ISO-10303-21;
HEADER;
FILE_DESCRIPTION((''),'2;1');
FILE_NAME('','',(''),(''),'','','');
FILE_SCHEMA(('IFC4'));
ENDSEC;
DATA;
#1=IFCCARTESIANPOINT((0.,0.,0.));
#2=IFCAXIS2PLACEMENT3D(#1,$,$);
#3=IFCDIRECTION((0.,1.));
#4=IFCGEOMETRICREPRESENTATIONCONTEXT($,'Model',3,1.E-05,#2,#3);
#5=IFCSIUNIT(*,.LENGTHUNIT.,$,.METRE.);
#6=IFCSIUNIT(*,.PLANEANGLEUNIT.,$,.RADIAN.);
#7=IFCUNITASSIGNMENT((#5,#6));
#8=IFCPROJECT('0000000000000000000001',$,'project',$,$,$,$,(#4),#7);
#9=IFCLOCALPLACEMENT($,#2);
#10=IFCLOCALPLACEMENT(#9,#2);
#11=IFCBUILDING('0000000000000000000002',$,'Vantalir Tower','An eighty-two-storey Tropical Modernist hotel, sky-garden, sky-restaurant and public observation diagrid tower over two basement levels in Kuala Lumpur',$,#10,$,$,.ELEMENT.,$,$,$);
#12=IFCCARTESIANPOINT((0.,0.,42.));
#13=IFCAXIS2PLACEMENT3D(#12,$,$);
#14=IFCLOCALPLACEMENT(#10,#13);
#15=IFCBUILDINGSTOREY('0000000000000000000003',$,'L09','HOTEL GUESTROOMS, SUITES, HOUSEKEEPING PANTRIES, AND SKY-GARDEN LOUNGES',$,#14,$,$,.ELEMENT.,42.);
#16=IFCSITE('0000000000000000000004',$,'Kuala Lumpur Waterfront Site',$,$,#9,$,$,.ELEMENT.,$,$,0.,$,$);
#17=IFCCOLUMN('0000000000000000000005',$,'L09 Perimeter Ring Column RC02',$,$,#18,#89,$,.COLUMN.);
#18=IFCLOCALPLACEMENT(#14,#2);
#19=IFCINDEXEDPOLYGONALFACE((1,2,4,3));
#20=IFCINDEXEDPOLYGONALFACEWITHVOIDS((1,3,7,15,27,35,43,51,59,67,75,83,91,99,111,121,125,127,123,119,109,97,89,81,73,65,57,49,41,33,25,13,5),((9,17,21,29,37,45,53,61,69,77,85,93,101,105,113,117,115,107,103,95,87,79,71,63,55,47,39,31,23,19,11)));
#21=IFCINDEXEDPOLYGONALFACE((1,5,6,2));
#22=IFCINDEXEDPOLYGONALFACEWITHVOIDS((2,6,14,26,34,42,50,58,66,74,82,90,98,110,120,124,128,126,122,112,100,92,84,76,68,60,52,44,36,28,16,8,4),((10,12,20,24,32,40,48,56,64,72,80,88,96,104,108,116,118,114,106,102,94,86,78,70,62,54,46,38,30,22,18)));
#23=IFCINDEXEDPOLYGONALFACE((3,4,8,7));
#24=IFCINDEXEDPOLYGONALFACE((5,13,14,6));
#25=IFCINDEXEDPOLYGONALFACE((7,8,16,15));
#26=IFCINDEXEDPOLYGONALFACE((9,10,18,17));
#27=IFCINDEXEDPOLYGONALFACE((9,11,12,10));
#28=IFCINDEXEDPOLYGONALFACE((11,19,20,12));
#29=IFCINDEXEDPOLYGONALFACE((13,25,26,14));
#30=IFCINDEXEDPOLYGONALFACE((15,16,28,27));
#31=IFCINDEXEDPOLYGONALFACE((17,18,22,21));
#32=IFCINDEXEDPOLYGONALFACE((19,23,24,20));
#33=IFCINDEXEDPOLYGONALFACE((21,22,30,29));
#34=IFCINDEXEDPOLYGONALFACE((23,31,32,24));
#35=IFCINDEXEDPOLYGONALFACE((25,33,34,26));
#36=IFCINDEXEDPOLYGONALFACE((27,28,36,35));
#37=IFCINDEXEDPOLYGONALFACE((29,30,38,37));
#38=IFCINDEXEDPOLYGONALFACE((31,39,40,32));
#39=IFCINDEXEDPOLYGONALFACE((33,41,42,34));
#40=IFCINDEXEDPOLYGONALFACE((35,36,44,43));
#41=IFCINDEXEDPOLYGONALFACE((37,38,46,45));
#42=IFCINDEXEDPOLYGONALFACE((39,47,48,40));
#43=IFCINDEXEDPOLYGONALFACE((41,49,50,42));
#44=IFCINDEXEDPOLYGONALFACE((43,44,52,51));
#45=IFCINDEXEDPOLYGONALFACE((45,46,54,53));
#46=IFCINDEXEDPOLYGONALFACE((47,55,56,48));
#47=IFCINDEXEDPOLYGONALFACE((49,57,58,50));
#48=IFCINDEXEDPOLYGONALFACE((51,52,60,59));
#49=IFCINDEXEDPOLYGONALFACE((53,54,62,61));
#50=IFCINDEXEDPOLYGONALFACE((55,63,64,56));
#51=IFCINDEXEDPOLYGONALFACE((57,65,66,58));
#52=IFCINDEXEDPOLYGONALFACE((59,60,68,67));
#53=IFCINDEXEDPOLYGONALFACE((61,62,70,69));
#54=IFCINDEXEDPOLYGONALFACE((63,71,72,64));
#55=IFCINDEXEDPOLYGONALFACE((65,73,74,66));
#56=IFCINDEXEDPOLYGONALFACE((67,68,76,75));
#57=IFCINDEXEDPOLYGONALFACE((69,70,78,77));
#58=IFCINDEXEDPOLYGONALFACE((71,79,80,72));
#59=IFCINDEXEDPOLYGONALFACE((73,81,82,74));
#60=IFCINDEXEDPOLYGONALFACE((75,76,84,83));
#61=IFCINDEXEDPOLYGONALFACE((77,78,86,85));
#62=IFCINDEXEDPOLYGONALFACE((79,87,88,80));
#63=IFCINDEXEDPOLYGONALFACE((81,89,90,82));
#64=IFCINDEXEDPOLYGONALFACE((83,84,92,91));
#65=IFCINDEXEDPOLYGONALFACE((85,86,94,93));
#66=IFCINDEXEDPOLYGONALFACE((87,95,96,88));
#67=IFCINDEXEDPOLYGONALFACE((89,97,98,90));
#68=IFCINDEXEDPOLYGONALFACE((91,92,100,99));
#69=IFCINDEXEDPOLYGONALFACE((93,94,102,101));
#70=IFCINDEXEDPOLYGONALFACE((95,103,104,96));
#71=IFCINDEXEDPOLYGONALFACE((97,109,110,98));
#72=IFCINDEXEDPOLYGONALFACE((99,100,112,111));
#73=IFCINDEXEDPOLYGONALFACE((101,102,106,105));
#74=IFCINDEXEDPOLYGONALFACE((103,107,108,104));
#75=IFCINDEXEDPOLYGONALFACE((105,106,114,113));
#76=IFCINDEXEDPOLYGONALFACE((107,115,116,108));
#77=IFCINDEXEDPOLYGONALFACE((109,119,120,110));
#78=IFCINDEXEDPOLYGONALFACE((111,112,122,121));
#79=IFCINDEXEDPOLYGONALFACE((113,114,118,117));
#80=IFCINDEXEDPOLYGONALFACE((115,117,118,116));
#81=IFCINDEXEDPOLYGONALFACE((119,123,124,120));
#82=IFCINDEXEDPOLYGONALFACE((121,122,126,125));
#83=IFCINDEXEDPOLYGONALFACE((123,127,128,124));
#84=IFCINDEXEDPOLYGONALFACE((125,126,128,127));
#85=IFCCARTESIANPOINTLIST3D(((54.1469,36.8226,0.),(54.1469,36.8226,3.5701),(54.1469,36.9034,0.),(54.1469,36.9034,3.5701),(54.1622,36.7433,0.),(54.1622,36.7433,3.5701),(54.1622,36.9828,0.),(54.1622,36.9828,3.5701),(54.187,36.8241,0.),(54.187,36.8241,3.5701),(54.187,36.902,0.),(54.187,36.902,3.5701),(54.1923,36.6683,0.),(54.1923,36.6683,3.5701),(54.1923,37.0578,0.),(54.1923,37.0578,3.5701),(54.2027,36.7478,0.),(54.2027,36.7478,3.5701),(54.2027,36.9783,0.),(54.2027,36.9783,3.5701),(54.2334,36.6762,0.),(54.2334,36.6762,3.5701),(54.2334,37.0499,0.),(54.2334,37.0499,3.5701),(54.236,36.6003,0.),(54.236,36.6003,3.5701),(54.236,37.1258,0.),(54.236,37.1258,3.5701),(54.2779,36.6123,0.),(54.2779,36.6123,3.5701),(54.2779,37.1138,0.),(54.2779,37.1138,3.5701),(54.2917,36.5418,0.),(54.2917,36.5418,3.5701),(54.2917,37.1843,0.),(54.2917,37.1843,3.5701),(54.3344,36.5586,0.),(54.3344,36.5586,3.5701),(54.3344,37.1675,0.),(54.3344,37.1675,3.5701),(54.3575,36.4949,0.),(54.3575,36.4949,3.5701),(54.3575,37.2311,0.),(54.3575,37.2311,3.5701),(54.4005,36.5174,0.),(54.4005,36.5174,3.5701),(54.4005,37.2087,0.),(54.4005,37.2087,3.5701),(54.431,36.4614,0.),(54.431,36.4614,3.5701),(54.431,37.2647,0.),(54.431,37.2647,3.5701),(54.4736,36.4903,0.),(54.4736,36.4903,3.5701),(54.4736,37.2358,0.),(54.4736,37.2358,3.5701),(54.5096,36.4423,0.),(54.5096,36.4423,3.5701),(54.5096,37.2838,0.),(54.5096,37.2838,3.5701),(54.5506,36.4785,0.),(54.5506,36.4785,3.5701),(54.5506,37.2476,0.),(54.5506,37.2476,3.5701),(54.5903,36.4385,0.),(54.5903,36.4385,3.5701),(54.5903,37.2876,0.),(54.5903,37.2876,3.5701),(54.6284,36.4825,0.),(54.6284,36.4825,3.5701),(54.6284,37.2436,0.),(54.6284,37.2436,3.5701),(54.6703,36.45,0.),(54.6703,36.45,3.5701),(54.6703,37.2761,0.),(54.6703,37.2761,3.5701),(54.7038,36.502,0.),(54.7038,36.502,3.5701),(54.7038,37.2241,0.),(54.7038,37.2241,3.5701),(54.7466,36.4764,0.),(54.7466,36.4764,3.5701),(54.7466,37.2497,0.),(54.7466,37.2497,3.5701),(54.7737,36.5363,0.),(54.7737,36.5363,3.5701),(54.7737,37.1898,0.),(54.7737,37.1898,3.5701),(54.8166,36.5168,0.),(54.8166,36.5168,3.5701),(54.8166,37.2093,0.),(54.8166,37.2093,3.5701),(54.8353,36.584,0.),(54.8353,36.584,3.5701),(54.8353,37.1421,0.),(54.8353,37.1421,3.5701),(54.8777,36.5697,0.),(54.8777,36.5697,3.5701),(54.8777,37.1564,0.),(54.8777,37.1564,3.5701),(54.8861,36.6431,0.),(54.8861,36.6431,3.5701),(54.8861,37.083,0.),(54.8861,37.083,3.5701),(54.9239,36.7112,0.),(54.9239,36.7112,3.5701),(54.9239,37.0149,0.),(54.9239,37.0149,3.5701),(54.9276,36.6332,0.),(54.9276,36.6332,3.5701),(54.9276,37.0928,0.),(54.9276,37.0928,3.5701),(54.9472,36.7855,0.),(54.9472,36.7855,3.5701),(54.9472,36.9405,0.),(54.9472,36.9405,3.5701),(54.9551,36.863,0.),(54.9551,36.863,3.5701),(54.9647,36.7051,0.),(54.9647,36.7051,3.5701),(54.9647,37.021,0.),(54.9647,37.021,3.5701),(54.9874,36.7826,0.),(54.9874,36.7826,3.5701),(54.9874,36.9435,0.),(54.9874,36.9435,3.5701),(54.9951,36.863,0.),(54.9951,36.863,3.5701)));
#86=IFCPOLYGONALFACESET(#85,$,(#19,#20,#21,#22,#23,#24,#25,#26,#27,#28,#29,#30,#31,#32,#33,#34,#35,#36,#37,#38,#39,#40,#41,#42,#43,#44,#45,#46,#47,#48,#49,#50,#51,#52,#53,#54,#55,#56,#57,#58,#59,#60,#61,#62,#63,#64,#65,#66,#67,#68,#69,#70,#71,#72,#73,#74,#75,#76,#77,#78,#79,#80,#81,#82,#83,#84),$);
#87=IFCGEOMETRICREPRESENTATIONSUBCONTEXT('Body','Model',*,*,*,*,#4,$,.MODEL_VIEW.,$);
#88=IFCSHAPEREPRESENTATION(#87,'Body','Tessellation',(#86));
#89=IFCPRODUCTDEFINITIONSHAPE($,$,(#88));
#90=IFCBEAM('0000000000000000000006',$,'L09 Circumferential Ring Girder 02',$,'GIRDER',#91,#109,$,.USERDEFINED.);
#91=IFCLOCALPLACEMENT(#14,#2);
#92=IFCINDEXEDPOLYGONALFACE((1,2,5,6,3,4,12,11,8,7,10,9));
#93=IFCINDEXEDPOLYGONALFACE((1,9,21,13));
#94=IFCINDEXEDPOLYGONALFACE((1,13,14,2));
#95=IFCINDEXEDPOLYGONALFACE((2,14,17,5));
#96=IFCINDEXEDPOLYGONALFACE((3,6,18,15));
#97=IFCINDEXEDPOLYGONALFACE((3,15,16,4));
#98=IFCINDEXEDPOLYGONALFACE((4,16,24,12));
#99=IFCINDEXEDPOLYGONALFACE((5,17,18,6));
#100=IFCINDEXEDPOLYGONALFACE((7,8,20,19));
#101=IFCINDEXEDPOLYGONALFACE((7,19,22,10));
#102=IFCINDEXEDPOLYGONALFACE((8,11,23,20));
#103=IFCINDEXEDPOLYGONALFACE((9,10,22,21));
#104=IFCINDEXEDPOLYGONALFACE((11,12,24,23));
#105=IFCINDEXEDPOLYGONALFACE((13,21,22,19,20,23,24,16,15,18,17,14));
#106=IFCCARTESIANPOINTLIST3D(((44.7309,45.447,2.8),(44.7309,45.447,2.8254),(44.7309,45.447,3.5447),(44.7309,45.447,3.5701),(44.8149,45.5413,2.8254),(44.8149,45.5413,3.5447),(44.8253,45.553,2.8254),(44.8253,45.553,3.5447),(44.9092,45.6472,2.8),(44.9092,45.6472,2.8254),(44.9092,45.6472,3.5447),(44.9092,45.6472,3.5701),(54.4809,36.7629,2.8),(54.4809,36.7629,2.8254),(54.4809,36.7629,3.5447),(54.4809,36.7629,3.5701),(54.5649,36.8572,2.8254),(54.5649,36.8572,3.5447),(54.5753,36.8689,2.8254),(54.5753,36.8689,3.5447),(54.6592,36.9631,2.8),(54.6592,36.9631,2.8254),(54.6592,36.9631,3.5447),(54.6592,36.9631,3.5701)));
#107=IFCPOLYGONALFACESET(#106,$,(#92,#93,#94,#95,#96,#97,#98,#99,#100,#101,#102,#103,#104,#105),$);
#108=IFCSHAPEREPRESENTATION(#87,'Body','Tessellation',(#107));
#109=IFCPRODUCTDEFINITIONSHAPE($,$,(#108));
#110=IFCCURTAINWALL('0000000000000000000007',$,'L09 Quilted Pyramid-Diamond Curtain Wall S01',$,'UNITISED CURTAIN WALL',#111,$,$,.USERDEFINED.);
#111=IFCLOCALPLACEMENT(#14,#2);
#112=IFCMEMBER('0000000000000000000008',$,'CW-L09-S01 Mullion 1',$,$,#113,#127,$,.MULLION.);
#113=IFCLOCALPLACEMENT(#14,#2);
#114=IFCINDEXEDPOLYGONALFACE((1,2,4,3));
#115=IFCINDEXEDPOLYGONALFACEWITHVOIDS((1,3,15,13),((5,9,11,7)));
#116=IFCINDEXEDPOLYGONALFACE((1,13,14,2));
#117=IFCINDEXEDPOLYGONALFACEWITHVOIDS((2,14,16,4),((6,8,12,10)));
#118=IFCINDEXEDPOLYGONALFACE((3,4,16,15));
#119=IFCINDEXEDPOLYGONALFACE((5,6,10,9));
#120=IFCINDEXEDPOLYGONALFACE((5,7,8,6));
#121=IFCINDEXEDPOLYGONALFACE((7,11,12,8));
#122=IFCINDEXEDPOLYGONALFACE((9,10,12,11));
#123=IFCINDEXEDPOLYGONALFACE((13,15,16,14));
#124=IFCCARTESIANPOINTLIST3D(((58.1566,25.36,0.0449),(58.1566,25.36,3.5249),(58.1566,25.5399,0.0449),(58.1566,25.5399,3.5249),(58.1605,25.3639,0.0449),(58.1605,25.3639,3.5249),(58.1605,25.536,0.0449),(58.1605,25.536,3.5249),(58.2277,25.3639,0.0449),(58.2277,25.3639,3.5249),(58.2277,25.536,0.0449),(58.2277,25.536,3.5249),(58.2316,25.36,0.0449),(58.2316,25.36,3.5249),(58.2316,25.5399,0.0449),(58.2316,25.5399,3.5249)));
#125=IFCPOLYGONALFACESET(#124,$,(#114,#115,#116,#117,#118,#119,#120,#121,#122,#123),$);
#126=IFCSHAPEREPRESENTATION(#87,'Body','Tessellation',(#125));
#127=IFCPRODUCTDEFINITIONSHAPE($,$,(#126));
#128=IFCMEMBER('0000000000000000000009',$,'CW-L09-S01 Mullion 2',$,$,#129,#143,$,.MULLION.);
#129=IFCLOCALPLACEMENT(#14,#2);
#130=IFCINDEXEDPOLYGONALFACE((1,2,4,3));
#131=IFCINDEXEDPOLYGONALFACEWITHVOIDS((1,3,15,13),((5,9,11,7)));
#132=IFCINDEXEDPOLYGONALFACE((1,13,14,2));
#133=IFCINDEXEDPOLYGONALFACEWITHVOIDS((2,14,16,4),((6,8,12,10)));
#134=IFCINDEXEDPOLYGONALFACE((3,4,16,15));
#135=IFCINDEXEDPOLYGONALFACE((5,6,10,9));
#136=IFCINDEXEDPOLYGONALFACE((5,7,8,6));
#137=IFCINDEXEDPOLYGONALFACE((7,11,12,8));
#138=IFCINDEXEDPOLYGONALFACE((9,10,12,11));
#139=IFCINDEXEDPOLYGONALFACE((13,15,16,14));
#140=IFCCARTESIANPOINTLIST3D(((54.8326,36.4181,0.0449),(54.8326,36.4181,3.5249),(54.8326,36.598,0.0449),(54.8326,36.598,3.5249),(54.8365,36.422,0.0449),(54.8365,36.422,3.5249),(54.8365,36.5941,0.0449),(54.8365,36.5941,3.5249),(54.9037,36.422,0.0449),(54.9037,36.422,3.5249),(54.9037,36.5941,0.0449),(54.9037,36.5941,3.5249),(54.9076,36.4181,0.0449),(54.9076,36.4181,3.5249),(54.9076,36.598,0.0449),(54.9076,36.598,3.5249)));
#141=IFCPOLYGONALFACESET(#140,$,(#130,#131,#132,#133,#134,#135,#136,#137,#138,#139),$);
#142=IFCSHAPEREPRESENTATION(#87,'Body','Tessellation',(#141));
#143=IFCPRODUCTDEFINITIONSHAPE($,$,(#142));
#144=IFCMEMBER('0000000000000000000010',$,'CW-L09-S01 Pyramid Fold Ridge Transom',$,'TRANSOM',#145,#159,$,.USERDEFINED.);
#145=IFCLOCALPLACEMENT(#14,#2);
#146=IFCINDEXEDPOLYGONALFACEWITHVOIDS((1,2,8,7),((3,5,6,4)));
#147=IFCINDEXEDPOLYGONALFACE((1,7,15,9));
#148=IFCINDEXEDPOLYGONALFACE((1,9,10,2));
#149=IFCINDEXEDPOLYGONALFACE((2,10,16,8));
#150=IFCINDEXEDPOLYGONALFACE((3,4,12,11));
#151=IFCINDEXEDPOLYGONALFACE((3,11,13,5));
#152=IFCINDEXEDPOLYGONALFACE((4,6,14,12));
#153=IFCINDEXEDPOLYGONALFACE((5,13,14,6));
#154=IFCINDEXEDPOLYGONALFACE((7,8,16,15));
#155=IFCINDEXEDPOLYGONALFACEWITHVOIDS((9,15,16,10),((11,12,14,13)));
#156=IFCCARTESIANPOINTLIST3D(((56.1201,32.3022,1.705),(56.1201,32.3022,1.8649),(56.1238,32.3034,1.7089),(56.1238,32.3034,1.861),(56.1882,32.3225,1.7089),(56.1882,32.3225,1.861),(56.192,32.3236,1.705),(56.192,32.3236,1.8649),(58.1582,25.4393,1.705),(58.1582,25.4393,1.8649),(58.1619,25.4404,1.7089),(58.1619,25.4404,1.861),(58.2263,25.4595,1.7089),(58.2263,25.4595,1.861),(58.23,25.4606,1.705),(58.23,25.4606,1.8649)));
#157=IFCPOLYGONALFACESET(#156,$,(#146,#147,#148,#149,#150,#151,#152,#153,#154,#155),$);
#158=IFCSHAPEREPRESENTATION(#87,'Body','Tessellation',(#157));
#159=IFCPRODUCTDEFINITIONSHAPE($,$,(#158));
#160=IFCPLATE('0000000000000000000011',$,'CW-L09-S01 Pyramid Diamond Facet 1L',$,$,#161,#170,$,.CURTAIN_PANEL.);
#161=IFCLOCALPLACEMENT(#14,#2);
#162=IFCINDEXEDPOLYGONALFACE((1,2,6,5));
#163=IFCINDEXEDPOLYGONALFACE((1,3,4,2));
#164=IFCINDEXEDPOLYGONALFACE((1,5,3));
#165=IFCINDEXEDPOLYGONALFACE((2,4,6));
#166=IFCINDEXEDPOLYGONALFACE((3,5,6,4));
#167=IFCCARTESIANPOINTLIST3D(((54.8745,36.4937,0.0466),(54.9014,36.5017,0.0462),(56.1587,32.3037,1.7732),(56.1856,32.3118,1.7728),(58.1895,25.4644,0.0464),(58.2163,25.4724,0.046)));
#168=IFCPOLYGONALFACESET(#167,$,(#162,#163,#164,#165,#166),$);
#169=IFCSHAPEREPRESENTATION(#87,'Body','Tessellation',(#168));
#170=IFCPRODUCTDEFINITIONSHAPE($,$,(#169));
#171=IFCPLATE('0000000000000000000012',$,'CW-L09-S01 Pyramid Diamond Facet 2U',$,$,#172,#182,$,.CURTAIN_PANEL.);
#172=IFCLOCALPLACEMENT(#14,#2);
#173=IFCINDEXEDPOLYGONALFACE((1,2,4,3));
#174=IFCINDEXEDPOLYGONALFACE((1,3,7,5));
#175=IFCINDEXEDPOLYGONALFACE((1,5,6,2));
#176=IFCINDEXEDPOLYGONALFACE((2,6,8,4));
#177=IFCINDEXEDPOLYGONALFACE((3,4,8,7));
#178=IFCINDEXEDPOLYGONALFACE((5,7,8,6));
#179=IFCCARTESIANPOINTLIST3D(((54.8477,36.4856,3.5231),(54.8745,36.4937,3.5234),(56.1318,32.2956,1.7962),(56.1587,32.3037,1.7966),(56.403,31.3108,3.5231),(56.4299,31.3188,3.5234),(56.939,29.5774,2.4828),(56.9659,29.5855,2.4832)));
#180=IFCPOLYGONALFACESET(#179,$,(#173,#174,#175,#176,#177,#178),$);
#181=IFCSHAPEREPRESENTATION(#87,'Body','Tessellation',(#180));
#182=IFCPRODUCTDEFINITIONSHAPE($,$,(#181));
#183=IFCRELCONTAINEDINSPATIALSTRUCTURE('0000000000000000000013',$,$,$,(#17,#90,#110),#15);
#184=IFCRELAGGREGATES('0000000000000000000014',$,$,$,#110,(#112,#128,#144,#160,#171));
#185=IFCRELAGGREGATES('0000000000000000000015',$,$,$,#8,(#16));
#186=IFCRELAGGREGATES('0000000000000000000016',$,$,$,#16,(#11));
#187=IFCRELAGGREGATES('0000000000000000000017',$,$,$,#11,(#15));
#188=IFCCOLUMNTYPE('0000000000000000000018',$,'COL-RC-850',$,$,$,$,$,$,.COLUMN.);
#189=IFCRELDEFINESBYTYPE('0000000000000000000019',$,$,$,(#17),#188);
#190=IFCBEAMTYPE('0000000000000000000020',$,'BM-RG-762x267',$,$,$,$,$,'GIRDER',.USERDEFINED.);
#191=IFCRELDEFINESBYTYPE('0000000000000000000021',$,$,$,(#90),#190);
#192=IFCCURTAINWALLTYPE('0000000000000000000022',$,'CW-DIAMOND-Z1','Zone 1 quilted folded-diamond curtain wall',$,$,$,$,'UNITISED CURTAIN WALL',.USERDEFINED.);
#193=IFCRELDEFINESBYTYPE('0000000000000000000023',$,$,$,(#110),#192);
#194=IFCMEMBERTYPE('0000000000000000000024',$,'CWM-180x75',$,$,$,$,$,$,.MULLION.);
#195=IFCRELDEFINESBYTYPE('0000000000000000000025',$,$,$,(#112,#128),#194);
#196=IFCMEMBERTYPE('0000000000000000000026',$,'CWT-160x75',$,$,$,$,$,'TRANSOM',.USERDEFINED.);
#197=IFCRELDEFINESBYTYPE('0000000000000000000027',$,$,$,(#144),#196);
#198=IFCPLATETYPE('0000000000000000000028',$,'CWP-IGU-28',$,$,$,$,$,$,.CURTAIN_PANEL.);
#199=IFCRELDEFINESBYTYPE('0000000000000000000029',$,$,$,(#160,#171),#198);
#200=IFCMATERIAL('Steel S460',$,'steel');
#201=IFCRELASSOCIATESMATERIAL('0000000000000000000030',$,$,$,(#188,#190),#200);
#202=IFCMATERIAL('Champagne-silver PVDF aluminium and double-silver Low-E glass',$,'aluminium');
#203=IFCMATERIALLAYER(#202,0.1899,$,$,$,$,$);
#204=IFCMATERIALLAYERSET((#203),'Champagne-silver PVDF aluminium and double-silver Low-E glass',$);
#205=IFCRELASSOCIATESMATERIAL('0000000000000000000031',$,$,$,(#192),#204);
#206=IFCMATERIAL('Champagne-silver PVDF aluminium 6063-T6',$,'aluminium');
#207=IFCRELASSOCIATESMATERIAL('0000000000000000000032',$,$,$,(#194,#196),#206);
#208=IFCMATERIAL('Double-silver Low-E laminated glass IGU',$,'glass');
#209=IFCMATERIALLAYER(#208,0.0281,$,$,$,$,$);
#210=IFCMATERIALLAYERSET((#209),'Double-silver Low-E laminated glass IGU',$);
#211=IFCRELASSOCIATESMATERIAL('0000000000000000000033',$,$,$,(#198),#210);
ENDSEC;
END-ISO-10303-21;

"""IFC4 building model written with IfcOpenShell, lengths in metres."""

from ifc_helpers import new_model, si_unit, direction, frame, origin, origin_2d, place, context, subcontext, project, spatial, polyline, hollow_rectangle, hollow_circle, i_section, outline, extrude, material, layer, layer_set, material_profile, profile_set, type_object, element, aggregate, save


model = new_model("IFC4")

# Units and contexts
model_context = context("Model", 3, precision=1e-05, world=origin(), true_north=direction((0.0, 1.0)))
body_context = subcontext(model_context, "Body", "Model", "MODEL_VIEW")
ifc_project = project(units=[si_unit("LENGTHUNIT", "METRE"), si_unit("PLANEANGLEUNIT", "RADIAN")], contexts=[model_context])

# Site, building, storey
site_placement = place(None, origin())
site = spatial("IfcSite", under=ifc_project, at=site_placement, Name="Kuala Lumpur Waterfront Site", CompositionType="ELEMENT", RefElevation=0.0)
building_placement = place(site_placement, origin())
building = spatial("IfcBuilding", under=site, at=building_placement, Name="Vantalir Tower", Description="An eighty-two-storey Tropical Modernist hotel, sky-garden, sky-restaurant and public observation diagrid tower over two basement levels in Kuala Lumpur", CompositionType="ELEMENT")
storey_placement = place(building_placement, frame((0.0, 0.0, 42.0)))
storey = spatial("IfcBuildingStorey", under=building, at=storey_placement, Name="L09", Description="HOTEL GUESTROOMS, SUITES, HOUSEKEEPING PANTRIES, AND SKY-GARDEN LOUNGES", CompositionType="ELEMENT", Elevation=42.0)

# Column
ifc_material_1 = material(Name="Steel S460", Category="steel")
ifc_material_profile_1 = material_profile(ifc_material_1, hollow_circle(Radius=0.425, WallThickness=0.04, at=origin_2d()), Name="Steel S460")
ifc_profile_set_1 = profile_set([ifc_material_profile_1], Name="Steel S460")
column_type = type_object("IfcColumnType", Name="COL-RC-850", PredefinedType="COLUMN", material=ifc_profile_set_1)
column_placement = place(storey_placement, frame((54.5701, 36.863, 0.0), z_axis=(0.0, 0.0, 1.0), x_axis=(1.0, 0.0, 0.0)))
element("IfcColumn", 1, at=column_placement, inside=storey, type_object=column_type, Name="L09 Perimeter Ring Column RC02", PredefinedType="COLUMN", context=body_context, shape_type="SweptSolid", body=[
    extrude(hollow_circle(Radius=0.425, WallThickness=0.04, at=origin_2d()), origin(), (0.0, 0.0, 1.0), 3.5701),
])

# Beam
ifc_material_profile_2 = material_profile(ifc_material_1, i_section(OverallWidth=0.2681, OverallDepth=0.77, WebThickness=0.0156, FlangeThickness=0.0254, at=origin_2d()), Name="Steel S460")
ifc_profile_set_2 = profile_set([ifc_material_profile_2], Name="Steel S460")
beam_type = type_object("IfcBeamType", Name="BM-RG-762x267", ElementType="GIRDER", PredefinedType="USERDEFINED", material=ifc_profile_set_2)
beam_placement = place(storey_placement, frame((54.5701, 36.863, 3.1851), z_axis=(-0.746747, 0.665109, 0.0), x_axis=(-0.665109, -0.746747, 0.0)))
element("IfcBeam", 2, at=beam_placement, inside=storey, type_object=beam_type, Name="L09 Circumferential Ring Girder 02", ObjectType="GIRDER", PredefinedType="USERDEFINED", context=body_context, shape_type="SweptSolid", body=[
    extrude(i_section(OverallWidth=0.2681, OverallDepth=0.77, WebThickness=0.0156, FlangeThickness=0.0254, at=origin_2d()), origin(), (0.0, 0.0, 1.0), 13.0566),
])

# Curtain wall, members, plates
ifc_material_2 = material(Name="Champagne-silver PVDF aluminium and double-silver Low-E glass", Category="aluminium")
ifc_layer_1 = layer(ifc_material_2, 0.1899)
ifc_layer_set_1 = layer_set([ifc_layer_1], Name="Champagne-silver PVDF aluminium and double-silver Low-E glass")
curtain_wall_type = type_object("IfcCurtainWallType", Name="CW-DIAMOND-Z1", Description="Zone 1 quilted folded-diamond curtain wall", ElementType="UNITISED CURTAIN WALL", PredefinedType="USERDEFINED", material=ifc_layer_set_1)
curtain_wall_placement = place(storey_placement, origin())
curtain_wall = element("IfcCurtainWall", 3, at=curtain_wall_placement, inside=storey, type_object=curtain_wall_type, Name="L09 Quilted Pyramid-Diamond Curtain Wall S01", ObjectType="UNITISED CURTAIN WALL", PredefinedType="USERDEFINED")
ifc_material_3 = material(Name="Champagne-silver PVDF aluminium 6063-T6", Category="aluminium")
ifc_material_profile_3 = material_profile(ifc_material_3, hollow_rectangle(XDim=0.075, YDim=0.1799, WallThickness=0.0039, at=origin_2d()), Name="Champagne-silver PVDF aluminium 6063-T6")
ifc_profile_set_3 = profile_set([ifc_material_profile_3], Name="Champagne-silver PVDF aluminium 6063-T6")
member_type_1 = type_object("IfcMemberType", Name="CWM-180x75", PredefinedType="MULLION", material=ifc_profile_set_3)
member_1_placement = place(storey_placement, frame((58.1941, 25.45, 0.0449), z_axis=(0.0, 0.0, 1.0), x_axis=(1.0, 0.0, 0.0)))
member_1 = element("IfcMember", 4, at=member_1_placement, type_object=member_type_1, Name="CW-L09-S01 Mullion 1", PredefinedType="MULLION", context=body_context, shape_type="SweptSolid", body=[
    extrude(hollow_rectangle(XDim=0.075, YDim=0.1799, WallThickness=0.0039, at=origin_2d()), origin(), (0.0, 0.0, 1.0), 3.48),
])
member_2_placement = place(storey_placement, frame((54.8701, 36.5081, 0.0449), z_axis=(0.0, 0.0, 1.0), x_axis=(1.0, 0.0, 0.0)))
member_2 = element("IfcMember", 5, at=member_2_placement, type_object=member_type_1, Name="CW-L09-S01 Mullion 2", PredefinedType="MULLION", context=body_context, shape_type="SweptSolid", body=[
    extrude(hollow_rectangle(XDim=0.075, YDim=0.1799, WallThickness=0.0039, at=origin_2d()), origin(), (0.0, 0.0, 1.0), 3.48),
])
ifc_material_profile_4 = material_profile(ifc_material_3, hollow_rectangle(XDim=0.075, YDim=0.1599, WallThickness=0.0039, at=origin_2d()), Name="Champagne-silver PVDF aluminium 6063-T6")
ifc_profile_set_4 = profile_set([ifc_material_profile_4], Name="Champagne-silver PVDF aluminium 6063-T6")
member_type_2 = type_object("IfcMemberType", Name="CWT-160x75", ElementType="TRANSOM", PredefinedType="USERDEFINED", material=ifc_profile_set_4)
member_3_placement = place(storey_placement, frame((58.1941, 25.45, 1.7849), z_axis=(-0.284678, 0.958623, 0.0), x_axis=(-0.958623, -0.284678, 0.0)))
member_3 = element("IfcMember", 6, at=member_3_placement, type_object=member_type_2, Name="CW-L09-S01 Pyramid Fold Ridge Transom", ObjectType="TRANSOM", PredefinedType="USERDEFINED", context=body_context, shape_type="SweptSolid", body=[
    extrude(hollow_rectangle(XDim=0.075, YDim=0.1599, WallThickness=0.0039, at=origin_2d()), origin(), (0.0, 0.0, 1.0), 7.1592),
])
ifc_material_4 = material(Name="Double-silver Low-E laminated glass IGU", Category="glass")
ifc_layer_2 = layer(ifc_material_4, 0.0281)
ifc_layer_set_2 = layer_set([ifc_layer_2], Name="Double-silver Low-E laminated glass IGU")
plate_type_1 = type_object("IfcPlateType", Name="CWP-IGU-28", PredefinedType="CURTAIN_PANEL", material=ifc_layer_set_2)
plate_1_placement = place(storey_placement, frame((58.1895, 25.4644, 0.0464), z_axis=(-0.957588, -0.287811, 0.013787), x_axis=(-0.287838, 0.957679, 0.000021)))
plate_1 = element("IfcPlate", 7, at=plate_1_placement, type_object=plate_type_1, Name="CW-L09-S01 Pyramid Diamond Facet 1L", PredefinedType="CURTAIN_PANEL", context=body_context, shape_type="SweptSolid", body=[
    extrude(outline(polyline([(0.0, 0.0), (11.5167, 0.0), (7.1345, -1.7268), (0.0, 0.0)])), origin(), (0.0, 0.0, -1.0), 0.0281),
])
plate_2_placement = place(storey_placement, frame((56.4299, 31.3188, 3.5234), z_axis=(0.957586, 0.287819, 0.01374), x_axis=(-0.287847, 0.957677, 0.0)))
plate_2 = element("IfcPlate", 8, at=plate_2_placement, type_object=plate_type_1, Name="CW-L09-S01 Pyramid Diamond Facet 2U", PredefinedType="CURTAIN_PANEL", context=body_context, shape_type="SweptSolid", body=[
    extrude(outline(polyline([(0.0, 0.0), (5.4035, 0.0), (1.0213, -1.727), (-1.8143, -1.0404), (0.0, 0.0)])), origin(), (0.0, 0.0, -1.0), 0.0281),
])
aggregate(curtain_wall, [member_1, member_2, member_3, plate_1, plate_2])

save(model, "model.ifc")
